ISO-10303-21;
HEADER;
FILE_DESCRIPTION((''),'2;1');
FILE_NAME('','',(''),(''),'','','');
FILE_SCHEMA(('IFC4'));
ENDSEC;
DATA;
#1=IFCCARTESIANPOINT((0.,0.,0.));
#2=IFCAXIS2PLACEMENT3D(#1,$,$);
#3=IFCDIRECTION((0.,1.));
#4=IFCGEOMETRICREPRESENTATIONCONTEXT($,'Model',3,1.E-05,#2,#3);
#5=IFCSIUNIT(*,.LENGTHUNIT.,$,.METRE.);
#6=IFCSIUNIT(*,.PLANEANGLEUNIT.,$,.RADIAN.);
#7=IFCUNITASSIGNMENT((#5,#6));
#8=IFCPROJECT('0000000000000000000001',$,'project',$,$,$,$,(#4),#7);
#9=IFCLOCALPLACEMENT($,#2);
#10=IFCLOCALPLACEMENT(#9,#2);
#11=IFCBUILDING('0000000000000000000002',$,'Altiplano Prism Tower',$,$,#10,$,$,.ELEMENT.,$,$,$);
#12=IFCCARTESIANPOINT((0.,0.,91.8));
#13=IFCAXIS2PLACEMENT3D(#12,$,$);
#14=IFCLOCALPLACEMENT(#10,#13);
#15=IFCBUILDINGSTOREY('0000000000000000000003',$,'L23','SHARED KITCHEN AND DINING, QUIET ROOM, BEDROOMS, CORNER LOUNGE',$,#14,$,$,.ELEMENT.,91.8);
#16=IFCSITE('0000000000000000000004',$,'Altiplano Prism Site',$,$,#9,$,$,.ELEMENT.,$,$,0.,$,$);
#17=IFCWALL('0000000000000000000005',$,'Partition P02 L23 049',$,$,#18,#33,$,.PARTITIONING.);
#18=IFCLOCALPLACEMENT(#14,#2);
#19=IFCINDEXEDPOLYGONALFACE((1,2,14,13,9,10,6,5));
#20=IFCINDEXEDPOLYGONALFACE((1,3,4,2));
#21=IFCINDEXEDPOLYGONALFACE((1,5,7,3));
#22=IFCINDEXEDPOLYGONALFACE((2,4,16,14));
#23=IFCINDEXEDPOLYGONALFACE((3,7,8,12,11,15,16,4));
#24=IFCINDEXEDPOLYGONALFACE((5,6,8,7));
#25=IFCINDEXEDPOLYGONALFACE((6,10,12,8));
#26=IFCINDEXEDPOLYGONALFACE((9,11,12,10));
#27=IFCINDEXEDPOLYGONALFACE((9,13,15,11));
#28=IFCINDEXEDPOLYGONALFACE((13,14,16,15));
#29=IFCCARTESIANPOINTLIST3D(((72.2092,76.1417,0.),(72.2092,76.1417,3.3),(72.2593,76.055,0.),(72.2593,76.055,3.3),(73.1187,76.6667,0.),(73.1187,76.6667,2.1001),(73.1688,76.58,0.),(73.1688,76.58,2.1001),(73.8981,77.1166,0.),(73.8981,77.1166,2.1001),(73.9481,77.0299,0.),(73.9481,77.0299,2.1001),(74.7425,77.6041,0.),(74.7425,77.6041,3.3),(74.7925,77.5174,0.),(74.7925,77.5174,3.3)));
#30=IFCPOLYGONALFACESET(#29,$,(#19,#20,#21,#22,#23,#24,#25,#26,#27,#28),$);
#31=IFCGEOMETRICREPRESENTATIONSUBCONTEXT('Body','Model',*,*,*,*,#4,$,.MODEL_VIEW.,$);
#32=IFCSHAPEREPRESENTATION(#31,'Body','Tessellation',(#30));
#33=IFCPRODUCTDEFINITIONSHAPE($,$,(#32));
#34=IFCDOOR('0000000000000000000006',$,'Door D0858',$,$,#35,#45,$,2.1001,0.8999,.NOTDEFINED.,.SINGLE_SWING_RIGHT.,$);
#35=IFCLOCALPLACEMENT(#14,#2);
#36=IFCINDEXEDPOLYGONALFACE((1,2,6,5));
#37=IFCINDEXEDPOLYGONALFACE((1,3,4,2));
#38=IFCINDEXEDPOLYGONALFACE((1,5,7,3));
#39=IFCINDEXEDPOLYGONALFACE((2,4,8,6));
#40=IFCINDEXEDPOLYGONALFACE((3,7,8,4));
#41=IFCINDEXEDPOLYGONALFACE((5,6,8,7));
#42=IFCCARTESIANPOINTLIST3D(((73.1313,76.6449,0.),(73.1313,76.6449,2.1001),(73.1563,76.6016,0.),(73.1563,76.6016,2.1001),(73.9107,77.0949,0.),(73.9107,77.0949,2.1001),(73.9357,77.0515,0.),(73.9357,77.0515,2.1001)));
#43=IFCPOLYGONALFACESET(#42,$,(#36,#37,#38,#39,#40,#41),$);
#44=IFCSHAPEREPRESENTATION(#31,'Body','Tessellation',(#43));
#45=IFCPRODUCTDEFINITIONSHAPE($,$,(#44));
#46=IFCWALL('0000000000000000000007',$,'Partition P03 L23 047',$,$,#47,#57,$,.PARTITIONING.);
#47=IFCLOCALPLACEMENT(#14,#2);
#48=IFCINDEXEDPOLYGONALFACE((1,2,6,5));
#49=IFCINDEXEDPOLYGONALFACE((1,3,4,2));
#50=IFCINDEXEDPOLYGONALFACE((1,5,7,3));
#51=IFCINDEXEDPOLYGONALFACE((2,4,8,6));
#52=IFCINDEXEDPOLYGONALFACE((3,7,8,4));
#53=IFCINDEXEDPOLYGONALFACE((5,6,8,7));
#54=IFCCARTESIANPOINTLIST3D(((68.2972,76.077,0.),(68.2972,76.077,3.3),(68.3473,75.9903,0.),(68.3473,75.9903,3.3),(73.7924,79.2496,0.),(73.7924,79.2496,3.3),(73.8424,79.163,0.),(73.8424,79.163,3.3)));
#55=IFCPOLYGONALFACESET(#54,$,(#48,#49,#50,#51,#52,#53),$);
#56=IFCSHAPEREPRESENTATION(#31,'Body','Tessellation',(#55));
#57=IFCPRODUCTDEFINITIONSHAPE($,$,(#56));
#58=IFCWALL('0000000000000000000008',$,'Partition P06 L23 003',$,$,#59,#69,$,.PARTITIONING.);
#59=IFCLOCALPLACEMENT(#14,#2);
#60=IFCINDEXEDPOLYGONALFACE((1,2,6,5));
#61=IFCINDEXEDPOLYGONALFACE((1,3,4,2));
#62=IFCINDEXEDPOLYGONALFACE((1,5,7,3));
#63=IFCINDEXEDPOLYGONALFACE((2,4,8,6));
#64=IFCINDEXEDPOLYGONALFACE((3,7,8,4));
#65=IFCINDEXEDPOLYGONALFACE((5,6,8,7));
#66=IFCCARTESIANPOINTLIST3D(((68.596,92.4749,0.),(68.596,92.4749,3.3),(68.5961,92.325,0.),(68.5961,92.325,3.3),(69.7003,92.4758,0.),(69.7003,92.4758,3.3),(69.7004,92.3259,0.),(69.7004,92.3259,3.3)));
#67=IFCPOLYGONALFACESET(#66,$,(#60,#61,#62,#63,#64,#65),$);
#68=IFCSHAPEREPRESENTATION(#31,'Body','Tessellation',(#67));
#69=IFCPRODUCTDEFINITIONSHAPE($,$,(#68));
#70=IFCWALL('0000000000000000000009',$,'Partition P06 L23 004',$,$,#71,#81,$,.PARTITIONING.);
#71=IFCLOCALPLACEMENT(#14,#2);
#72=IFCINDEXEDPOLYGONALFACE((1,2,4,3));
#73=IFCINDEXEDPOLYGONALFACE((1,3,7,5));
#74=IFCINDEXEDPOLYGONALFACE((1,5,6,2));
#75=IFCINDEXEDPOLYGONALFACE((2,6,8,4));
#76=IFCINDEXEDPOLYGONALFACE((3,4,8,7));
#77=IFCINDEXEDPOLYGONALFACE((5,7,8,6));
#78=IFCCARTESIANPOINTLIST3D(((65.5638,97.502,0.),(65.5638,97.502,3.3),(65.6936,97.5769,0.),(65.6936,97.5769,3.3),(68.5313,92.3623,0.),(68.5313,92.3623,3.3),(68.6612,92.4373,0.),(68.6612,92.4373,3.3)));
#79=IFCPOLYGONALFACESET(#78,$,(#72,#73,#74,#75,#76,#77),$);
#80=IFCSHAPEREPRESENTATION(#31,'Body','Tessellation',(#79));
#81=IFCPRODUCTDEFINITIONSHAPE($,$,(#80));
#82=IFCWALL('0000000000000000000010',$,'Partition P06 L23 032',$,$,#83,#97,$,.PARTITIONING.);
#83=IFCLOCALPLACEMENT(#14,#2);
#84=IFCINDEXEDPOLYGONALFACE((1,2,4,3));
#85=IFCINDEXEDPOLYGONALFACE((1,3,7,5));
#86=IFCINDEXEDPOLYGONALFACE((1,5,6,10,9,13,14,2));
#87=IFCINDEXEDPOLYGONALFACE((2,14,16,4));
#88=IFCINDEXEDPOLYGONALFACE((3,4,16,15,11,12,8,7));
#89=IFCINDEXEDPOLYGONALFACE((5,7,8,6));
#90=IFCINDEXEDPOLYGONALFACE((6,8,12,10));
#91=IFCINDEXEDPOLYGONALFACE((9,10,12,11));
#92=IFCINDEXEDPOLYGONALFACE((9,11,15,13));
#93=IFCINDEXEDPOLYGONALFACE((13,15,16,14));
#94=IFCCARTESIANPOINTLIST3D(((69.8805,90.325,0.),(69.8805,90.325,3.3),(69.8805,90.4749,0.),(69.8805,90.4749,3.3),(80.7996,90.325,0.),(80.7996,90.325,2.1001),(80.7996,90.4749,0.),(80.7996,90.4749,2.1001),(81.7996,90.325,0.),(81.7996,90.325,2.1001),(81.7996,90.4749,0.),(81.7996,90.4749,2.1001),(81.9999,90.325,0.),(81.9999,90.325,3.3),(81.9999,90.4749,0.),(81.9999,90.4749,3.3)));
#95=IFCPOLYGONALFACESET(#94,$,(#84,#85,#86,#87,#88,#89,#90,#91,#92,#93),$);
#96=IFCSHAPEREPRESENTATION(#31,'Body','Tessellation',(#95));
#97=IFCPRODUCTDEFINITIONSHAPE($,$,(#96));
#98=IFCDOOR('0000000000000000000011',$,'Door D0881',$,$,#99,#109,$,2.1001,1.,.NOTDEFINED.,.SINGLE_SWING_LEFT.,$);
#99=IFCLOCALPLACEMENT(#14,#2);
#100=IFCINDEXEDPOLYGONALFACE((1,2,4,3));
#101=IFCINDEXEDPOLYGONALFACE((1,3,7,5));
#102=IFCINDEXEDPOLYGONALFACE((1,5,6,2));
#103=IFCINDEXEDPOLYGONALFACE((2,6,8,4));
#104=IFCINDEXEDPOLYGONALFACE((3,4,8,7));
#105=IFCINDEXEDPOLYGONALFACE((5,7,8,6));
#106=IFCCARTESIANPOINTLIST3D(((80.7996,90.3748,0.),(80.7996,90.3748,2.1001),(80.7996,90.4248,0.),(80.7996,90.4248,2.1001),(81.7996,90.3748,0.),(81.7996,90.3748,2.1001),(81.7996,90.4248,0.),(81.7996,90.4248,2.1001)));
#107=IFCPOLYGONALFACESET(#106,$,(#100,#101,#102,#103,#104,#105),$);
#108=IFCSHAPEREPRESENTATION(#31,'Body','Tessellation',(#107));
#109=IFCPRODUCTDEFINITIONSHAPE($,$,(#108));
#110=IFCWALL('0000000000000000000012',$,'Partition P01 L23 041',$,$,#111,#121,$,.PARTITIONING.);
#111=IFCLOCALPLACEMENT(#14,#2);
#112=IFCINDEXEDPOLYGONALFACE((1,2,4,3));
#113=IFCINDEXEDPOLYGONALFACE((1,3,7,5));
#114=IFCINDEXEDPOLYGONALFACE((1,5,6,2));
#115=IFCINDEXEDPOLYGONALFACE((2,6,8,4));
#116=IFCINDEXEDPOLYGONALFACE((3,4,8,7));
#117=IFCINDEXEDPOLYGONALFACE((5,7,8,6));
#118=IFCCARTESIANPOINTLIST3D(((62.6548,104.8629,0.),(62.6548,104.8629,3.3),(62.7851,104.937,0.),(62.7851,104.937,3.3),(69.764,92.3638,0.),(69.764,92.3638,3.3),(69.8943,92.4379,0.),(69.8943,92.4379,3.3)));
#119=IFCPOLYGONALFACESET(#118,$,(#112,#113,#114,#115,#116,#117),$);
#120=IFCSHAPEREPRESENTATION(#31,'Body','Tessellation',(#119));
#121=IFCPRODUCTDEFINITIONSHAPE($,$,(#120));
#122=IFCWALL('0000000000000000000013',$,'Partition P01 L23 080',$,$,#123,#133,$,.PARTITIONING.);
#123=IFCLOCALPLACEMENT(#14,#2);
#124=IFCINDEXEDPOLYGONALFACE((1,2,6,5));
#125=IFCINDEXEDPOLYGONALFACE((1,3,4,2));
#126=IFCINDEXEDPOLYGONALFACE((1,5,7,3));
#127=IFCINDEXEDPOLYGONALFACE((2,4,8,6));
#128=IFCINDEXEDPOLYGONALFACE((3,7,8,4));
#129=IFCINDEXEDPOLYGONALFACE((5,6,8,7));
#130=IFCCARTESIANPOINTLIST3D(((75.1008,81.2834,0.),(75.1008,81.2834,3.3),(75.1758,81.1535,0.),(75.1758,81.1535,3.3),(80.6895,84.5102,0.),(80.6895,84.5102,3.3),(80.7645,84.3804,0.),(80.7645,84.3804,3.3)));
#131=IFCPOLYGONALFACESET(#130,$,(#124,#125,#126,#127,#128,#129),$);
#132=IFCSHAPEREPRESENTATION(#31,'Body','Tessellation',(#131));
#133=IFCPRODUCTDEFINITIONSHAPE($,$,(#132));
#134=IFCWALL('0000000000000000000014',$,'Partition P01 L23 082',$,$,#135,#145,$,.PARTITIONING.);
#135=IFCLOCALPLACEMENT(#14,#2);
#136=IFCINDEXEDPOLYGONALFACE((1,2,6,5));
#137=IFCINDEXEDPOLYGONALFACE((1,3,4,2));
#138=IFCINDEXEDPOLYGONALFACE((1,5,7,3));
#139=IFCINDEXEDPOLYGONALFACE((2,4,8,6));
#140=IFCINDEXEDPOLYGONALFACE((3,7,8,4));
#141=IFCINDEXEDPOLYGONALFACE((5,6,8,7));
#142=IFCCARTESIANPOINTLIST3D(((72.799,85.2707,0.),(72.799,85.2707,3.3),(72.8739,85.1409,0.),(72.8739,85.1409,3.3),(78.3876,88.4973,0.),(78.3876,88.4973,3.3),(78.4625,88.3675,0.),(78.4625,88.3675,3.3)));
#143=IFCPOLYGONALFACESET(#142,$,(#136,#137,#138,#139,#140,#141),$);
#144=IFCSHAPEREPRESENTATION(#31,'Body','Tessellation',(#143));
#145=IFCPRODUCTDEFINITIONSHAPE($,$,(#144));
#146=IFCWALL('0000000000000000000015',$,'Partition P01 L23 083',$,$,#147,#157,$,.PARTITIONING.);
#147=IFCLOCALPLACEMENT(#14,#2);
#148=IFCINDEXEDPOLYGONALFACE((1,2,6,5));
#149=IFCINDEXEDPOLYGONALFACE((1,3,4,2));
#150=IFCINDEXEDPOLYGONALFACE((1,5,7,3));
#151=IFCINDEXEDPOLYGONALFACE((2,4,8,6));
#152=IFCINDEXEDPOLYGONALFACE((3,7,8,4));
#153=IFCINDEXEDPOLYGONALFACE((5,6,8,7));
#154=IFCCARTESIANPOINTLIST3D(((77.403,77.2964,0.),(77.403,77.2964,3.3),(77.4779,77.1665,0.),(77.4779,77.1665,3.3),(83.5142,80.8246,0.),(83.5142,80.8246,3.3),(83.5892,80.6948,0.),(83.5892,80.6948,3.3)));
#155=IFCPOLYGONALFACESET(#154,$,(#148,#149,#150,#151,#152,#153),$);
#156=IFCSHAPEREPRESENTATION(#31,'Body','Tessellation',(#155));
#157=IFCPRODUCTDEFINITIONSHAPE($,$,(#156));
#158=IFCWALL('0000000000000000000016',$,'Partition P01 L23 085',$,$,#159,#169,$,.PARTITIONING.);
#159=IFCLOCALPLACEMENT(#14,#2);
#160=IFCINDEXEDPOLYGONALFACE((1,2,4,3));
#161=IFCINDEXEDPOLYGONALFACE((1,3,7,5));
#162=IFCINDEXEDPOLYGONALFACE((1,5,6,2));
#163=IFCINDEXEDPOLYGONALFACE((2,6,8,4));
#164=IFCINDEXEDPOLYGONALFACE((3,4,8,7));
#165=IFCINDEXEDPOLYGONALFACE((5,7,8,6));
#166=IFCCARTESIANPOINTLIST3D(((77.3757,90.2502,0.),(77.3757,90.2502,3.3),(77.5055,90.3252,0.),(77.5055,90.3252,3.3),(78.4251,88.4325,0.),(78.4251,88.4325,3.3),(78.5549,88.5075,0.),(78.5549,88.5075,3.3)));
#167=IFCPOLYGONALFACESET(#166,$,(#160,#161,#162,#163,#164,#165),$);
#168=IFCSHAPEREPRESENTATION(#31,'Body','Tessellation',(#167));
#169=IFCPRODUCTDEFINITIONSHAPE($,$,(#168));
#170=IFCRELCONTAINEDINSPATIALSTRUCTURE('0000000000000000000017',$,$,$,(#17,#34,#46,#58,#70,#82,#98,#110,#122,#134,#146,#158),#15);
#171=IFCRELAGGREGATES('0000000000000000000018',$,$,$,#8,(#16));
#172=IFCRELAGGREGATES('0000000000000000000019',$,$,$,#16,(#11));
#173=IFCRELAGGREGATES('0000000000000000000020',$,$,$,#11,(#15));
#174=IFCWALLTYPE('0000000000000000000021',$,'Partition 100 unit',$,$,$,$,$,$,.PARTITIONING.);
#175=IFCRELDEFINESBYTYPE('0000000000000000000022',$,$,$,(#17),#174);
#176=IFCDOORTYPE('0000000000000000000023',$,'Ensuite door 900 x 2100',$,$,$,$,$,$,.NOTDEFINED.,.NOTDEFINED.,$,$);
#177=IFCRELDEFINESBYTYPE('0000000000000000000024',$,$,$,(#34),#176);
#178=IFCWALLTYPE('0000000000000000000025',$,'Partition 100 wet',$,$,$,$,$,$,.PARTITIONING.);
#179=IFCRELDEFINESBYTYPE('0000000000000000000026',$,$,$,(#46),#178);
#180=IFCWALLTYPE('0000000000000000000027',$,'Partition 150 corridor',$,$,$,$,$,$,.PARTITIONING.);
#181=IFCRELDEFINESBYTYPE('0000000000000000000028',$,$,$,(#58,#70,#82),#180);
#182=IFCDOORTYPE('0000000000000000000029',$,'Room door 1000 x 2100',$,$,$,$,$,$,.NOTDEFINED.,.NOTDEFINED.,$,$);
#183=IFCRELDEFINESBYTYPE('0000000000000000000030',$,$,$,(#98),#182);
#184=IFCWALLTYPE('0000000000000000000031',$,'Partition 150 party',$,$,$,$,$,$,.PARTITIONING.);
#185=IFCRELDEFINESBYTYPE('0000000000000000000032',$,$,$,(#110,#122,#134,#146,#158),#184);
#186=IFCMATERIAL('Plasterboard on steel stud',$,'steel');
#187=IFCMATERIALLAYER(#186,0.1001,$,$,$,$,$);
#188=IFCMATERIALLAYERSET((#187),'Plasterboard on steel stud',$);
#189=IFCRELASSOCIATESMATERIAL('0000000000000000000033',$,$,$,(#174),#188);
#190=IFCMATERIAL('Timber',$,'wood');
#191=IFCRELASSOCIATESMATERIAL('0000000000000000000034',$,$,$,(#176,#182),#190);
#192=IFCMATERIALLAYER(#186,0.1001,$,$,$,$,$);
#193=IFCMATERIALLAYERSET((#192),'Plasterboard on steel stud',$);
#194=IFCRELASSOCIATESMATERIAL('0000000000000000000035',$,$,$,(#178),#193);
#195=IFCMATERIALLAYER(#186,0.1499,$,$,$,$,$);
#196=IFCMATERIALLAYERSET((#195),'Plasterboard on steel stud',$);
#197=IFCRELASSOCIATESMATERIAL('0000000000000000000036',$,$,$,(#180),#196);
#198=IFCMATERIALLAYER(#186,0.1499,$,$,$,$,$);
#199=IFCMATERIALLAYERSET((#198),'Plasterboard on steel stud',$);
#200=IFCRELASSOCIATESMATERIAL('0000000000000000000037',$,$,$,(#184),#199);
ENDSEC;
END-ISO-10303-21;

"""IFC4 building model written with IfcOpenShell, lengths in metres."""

from ifc_helpers import new_model, si_unit, direction, frame, frame_2d, origin, place, context, subcontext, project, spatial, rectangle, extrude, material, layer, layer_set, type_object, element, fill, save


model = new_model("IFC4")

# Units and contexts
model_context = context("Model", 3, precision=1e-05, world=origin(), true_north=direction((0.0, 1.0)))
body_context = subcontext(model_context, "Body", "Model", "MODEL_VIEW")
ifc_project = project(units=[si_unit("LENGTHUNIT", "METRE"), si_unit("PLANEANGLEUNIT", "RADIAN")], contexts=[model_context])

# Site, building, storey
site_placement = place(None, origin())
site = spatial("IfcSite", under=ifc_project, at=site_placement, Name="Altiplano Prism Site", CompositionType="ELEMENT", RefElevation=0.0)
building_placement = place(site_placement, origin())
building = spatial("IfcBuilding", under=site, at=building_placement, Name="Altiplano Prism Tower", CompositionType="ELEMENT")
storey_placement = place(building_placement, frame((0.0, 0.0, 91.8)))
storey = spatial("IfcBuildingStorey", under=building, at=storey_placement, Name="L23", Description="SHARED KITCHEN AND DINING, QUIET ROOM, BEDROOMS, CORNER LOUNGE", CompositionType="ELEMENT", Elevation=91.8)

# Wall, opening, door
ifc_material_1 = material(Name="Plasterboard on steel stud", Category="steel")
ifc_layer_1 = layer(ifc_material_1, 0.1001)
ifc_layer_set_1 = layer_set([ifc_layer_1], Name="Plasterboard on steel stud")
wall_type_1 = type_object("IfcWallType", Name="Partition 100 unit", PredefinedType="PARTITIONING", material=ifc_layer_set_1)
ifc_material_2 = material(Name="Timber", Category="wood")
wall_1_placement = place(storey_placement, frame((72.2344, 76.0984, 0.0), z_axis=(0.0, 0.0, 1.0), x_axis=(0.866047, 0.499963, 0.0)))
wall_1 = element("IfcWall", 1, at=wall_1_placement, inside=storey, type_object=wall_type_1, Name="Partition P02 L23 049", PredefinedType="PARTITIONING", context=body_context, shape_type="SweptSolid", body=[
    extrude(rectangle(XDim=2.925, YDim=0.1001, at=frame_2d((1.4624, 0.0))), origin(), (0.0, 0.0, 1.0), 3.3),
])
opening_1_placement = place(wall_1_placement, frame((1.05, 0.0, 0.0)))
opening_1 = element("IfcOpeningElement", 2, at=opening_1_placement, cuts=wall_1, PredefinedType="OPENING", context=body_context, shape_type="SweptSolid", body=[
    extrude(rectangle(XDim=0.8999, YDim=2.1001, at=frame_2d((0.45, 1.05))), frame((0.0, 0.0605, 0.0), z_axis=(0.0, -1.0, 0.0), x_axis=(1.0, 0.0, 0.0)), (0.0, 0.0, 1.0), 0.1211),
])
door_type_1 = type_object("IfcDoorType", Name="Ensuite door 900 x 2100", OperationType="NOTDEFINED", PredefinedType="NOTDEFINED", material=ifc_material_2)
door_1_placement = place(opening_1_placement, origin())
door_1 = element("IfcDoor", 3, at=door_1_placement, inside=storey, type_object=door_type_1, Name="Door D0858", OperationType="SINGLE_SWING_RIGHT", OverallHeight=2.1001, OverallWidth=0.8999, PredefinedType="NOTDEFINED", context=body_context, shape_type="SweptSolid", body=[
    extrude(rectangle(XDim=0.8999, YDim=2.1001, at=frame_2d((0.45, 1.05))), frame((0.0, 0.0249, 0.0), z_axis=(0.0, -1.0, 0.0), x_axis=(1.0, 0.0, 0.0)), (0.0, 0.0, 1.0), 0.05),
])
fill(opening_1, door_1)

# Walls
ifc_layer_2 = layer(ifc_material_1, 0.1001)
ifc_layer_set_2 = layer_set([ifc_layer_2], Name="Plasterboard on steel stud")
wall_type_2 = type_object("IfcWallType", Name="Partition 100 wet", PredefinedType="PARTITIONING", material=ifc_layer_set_2)
wall_2_placement = place(storey_placement, frame((68.3223, 76.0337, 0.0), z_axis=(0.0, 0.0, 1.0), x_axis=(0.866025, 0.5, 0.0)))
element("IfcWall", 4, at=wall_2_placement, inside=storey, type_object=wall_type_2, Name="Partition P03 L23 047", PredefinedType="PARTITIONING", context=body_context, shape_type="SweptSolid", body=[
    extrude(rectangle(XDim=6.3452, YDim=0.1001, at=frame_2d((3.1726, 0.0))), origin(), (0.0, 0.0, 1.0), 3.3),
])
ifc_layer_3 = layer(ifc_material_1, 0.1499)
ifc_layer_set_3 = layer_set([ifc_layer_3], Name="Plasterboard on steel stud")
wall_type_3 = type_object("IfcWallType", Name="Partition 150 corridor", PredefinedType="PARTITIONING", material=ifc_layer_set_3)
wall_3_placement = place(storey_placement, frame((69.7004, 92.4009, 0.0), z_axis=(0.0, 0.0, 1.0), x_axis=(-1.0, -0.000884, 0.0)))
element("IfcWall", 5, at=wall_3_placement, inside=storey, type_object=wall_type_3, Name="Partition P06 L23 003", PredefinedType="PARTITIONING", context=body_context, shape_type="SweptSolid", body=[
    extrude(rectangle(XDim=1.1042, YDim=0.1499, at=frame_2d((0.5522, 0.0))), origin(), (0.0, 0.0, 1.0), 3.3),
])
wall_4_placement = place(storey_placement, frame((68.5962, 92.3999, 0.0), z_axis=(0.0, 0.0, 1.0), x_axis=(-0.500019, 0.866014, 0.0)))
element("IfcWall", 6, at=wall_4_placement, inside=storey, type_object=wall_type_3, Name="Partition P06 L23 004", PredefinedType="PARTITIONING", context=body_context, shape_type="SweptSolid", body=[
    extrude(rectangle(XDim=5.9348, YDim=0.1499, at=frame_2d((2.9673, 0.0))), origin(), (0.0, 0.0, 1.0), 3.3),
])

# Wall, opening, door
wall_5_placement = place(storey_placement, frame((69.8806, 90.3999, 0.0), z_axis=(0.0, 0.0, 1.0), x_axis=(1.0, 0.0, 0.0)))
wall_5 = element("IfcWall", 7, at=wall_5_placement, inside=storey, type_object=wall_type_3, Name="Partition P06 L23 032", PredefinedType="PARTITIONING", context=body_context, shape_type="SweptSolid", body=[
    extrude(rectangle(XDim=12.1194, YDim=0.1499, at=frame_2d((6.0596, 0.0))), origin(), (0.0, 0.0, 1.0), 3.3),
])
opening_2_placement = place(wall_5_placement, frame((10.9189, 0.0, 0.0)))
opening_2 = element("IfcOpeningElement", 8, at=opening_2_placement, cuts=wall_5, PredefinedType="OPENING", context=body_context, shape_type="SweptSolid", body=[
    extrude(rectangle(XDim=1.0, YDim=2.1001, at=frame_2d((0.5, 1.05))), frame((0.0, 0.0854, 0.0), z_axis=(0.0, -1.0, 0.0), x_axis=(1.0, 0.0, 0.0)), (0.0, 0.0, 1.0), 0.1709),
])
door_type_2 = type_object("IfcDoorType", Name="Room door 1000 x 2100", OperationType="NOTDEFINED", PredefinedType="NOTDEFINED", material=ifc_material_2)
door_2_placement = place(opening_2_placement, origin())
door_2 = element("IfcDoor", 9, at=door_2_placement, inside=storey, type_object=door_type_2, Name="Door D0881", OperationType="SINGLE_SWING_LEFT", OverallHeight=2.1001, OverallWidth=1.0, PredefinedType="NOTDEFINED", context=body_context, shape_type="SweptSolid", body=[
    extrude(rectangle(XDim=1.0, YDim=2.1001, at=frame_2d((0.5, 1.05))), frame((0.0, 0.0249, 0.0), z_axis=(0.0, -1.0, 0.0), x_axis=(1.0, 0.0, 0.0)), (0.0, 0.0, 1.0), 0.05),
])
fill(opening_2, door_2)

# Walls
ifc_layer_4 = layer(ifc_material_1, 0.1499)
ifc_layer_set_4 = layer_set([ifc_layer_4], Name="Plasterboard on steel stud")
wall_type_4 = type_object("IfcWallType", Name="Partition 150 party", PredefinedType="PARTITIONING", material=ifc_layer_set_4)
wall_6_placement = place(storey_placement, frame((69.8291, 92.4009, 0.0), z_axis=(0.0, 0.0, 1.0), x_axis=(-0.494399, 0.869235, 0.0)))
element("IfcWall", 10, at=wall_6_placement, inside=storey, type_object=wall_type_4, Name="Partition P01 L23 041", PredefinedType="PARTITIONING", context=body_context, shape_type="SweptSolid", body=[
    extrude(rectangle(XDim=14.3794, YDim=0.1499, at=frame_2d((7.1897, 0.0))), origin(), (0.0, 0.0, 1.0), 3.3),
])
wall_7_placement = place(storey_placement, frame((75.1384, 81.2185, 0.0), z_axis=(0.0, 0.0, 1.0), x_axis=(0.866011, 0.500025, 0.0)))
element("IfcWall", 11, at=wall_7_placement, inside=storey, type_object=wall_type_4, Name="Partition P01 L23 080", PredefinedType="PARTITIONING", context=body_context, shape_type="SweptSolid", body=[
    extrude(rectangle(XDim=6.4534, YDim=0.1499, at=frame_2d((3.2266, 0.0))), origin(), (0.0, 0.0, 1.0), 3.3),
])
wall_8_placement = place(storey_placement, frame((78.425, 88.4324, 0.0), z_axis=(0.0, 0.0, 1.0), x_axis=(-0.866027, -0.499996, 0.0)))
element("IfcWall", 12, at=wall_8_placement, inside=storey, type_object=wall_type_4, Name="Partition P01 L23 082", PredefinedType="PARTITIONING", context=body_context, shape_type="SweptSolid", body=[
    extrude(rectangle(XDim=6.4531, YDim=0.1499, at=frame_2d((3.2266, 0.0))), origin(), (0.0, 0.0, 1.0), 3.3),
])
wall_9_placement = place(storey_placement, frame((77.4404, 77.2314, 0.0), z_axis=(0.0, 0.0, 1.0), x_axis=(0.866029, 0.499994, 0.0)))
element("IfcWall", 13, at=wall_9_placement, inside=storey, type_object=wall_type_4, Name="Partition P01 L23 083", PredefinedType="PARTITIONING", context=body_context, shape_type="SweptSolid", body=[
    extrude(rectangle(XDim=7.0566, YDim=0.1499, at=frame_2d((3.5283, 0.0))), origin(), (0.0, 0.0, 1.0), 3.3),
])
wall_10_placement = place(storey_placement, frame((77.4407, 90.2876, 0.0), z_axis=(0.0, 0.0, 1.0), x_axis=(0.499967, -0.866044, 0.0)))
element("IfcWall", 14, at=wall_10_placement, inside=storey, type_object=wall_type_4, Name="Partition P01 L23 085", PredefinedType="PARTITIONING", context=body_context, shape_type="SweptSolid", body=[
    extrude(rectangle(XDim=2.0989, YDim=0.1499, at=frame_2d((1.0493, 0.0))), origin(), (0.0, 0.0, 1.0), 3.3),
])

save(model, "model.ifc")
